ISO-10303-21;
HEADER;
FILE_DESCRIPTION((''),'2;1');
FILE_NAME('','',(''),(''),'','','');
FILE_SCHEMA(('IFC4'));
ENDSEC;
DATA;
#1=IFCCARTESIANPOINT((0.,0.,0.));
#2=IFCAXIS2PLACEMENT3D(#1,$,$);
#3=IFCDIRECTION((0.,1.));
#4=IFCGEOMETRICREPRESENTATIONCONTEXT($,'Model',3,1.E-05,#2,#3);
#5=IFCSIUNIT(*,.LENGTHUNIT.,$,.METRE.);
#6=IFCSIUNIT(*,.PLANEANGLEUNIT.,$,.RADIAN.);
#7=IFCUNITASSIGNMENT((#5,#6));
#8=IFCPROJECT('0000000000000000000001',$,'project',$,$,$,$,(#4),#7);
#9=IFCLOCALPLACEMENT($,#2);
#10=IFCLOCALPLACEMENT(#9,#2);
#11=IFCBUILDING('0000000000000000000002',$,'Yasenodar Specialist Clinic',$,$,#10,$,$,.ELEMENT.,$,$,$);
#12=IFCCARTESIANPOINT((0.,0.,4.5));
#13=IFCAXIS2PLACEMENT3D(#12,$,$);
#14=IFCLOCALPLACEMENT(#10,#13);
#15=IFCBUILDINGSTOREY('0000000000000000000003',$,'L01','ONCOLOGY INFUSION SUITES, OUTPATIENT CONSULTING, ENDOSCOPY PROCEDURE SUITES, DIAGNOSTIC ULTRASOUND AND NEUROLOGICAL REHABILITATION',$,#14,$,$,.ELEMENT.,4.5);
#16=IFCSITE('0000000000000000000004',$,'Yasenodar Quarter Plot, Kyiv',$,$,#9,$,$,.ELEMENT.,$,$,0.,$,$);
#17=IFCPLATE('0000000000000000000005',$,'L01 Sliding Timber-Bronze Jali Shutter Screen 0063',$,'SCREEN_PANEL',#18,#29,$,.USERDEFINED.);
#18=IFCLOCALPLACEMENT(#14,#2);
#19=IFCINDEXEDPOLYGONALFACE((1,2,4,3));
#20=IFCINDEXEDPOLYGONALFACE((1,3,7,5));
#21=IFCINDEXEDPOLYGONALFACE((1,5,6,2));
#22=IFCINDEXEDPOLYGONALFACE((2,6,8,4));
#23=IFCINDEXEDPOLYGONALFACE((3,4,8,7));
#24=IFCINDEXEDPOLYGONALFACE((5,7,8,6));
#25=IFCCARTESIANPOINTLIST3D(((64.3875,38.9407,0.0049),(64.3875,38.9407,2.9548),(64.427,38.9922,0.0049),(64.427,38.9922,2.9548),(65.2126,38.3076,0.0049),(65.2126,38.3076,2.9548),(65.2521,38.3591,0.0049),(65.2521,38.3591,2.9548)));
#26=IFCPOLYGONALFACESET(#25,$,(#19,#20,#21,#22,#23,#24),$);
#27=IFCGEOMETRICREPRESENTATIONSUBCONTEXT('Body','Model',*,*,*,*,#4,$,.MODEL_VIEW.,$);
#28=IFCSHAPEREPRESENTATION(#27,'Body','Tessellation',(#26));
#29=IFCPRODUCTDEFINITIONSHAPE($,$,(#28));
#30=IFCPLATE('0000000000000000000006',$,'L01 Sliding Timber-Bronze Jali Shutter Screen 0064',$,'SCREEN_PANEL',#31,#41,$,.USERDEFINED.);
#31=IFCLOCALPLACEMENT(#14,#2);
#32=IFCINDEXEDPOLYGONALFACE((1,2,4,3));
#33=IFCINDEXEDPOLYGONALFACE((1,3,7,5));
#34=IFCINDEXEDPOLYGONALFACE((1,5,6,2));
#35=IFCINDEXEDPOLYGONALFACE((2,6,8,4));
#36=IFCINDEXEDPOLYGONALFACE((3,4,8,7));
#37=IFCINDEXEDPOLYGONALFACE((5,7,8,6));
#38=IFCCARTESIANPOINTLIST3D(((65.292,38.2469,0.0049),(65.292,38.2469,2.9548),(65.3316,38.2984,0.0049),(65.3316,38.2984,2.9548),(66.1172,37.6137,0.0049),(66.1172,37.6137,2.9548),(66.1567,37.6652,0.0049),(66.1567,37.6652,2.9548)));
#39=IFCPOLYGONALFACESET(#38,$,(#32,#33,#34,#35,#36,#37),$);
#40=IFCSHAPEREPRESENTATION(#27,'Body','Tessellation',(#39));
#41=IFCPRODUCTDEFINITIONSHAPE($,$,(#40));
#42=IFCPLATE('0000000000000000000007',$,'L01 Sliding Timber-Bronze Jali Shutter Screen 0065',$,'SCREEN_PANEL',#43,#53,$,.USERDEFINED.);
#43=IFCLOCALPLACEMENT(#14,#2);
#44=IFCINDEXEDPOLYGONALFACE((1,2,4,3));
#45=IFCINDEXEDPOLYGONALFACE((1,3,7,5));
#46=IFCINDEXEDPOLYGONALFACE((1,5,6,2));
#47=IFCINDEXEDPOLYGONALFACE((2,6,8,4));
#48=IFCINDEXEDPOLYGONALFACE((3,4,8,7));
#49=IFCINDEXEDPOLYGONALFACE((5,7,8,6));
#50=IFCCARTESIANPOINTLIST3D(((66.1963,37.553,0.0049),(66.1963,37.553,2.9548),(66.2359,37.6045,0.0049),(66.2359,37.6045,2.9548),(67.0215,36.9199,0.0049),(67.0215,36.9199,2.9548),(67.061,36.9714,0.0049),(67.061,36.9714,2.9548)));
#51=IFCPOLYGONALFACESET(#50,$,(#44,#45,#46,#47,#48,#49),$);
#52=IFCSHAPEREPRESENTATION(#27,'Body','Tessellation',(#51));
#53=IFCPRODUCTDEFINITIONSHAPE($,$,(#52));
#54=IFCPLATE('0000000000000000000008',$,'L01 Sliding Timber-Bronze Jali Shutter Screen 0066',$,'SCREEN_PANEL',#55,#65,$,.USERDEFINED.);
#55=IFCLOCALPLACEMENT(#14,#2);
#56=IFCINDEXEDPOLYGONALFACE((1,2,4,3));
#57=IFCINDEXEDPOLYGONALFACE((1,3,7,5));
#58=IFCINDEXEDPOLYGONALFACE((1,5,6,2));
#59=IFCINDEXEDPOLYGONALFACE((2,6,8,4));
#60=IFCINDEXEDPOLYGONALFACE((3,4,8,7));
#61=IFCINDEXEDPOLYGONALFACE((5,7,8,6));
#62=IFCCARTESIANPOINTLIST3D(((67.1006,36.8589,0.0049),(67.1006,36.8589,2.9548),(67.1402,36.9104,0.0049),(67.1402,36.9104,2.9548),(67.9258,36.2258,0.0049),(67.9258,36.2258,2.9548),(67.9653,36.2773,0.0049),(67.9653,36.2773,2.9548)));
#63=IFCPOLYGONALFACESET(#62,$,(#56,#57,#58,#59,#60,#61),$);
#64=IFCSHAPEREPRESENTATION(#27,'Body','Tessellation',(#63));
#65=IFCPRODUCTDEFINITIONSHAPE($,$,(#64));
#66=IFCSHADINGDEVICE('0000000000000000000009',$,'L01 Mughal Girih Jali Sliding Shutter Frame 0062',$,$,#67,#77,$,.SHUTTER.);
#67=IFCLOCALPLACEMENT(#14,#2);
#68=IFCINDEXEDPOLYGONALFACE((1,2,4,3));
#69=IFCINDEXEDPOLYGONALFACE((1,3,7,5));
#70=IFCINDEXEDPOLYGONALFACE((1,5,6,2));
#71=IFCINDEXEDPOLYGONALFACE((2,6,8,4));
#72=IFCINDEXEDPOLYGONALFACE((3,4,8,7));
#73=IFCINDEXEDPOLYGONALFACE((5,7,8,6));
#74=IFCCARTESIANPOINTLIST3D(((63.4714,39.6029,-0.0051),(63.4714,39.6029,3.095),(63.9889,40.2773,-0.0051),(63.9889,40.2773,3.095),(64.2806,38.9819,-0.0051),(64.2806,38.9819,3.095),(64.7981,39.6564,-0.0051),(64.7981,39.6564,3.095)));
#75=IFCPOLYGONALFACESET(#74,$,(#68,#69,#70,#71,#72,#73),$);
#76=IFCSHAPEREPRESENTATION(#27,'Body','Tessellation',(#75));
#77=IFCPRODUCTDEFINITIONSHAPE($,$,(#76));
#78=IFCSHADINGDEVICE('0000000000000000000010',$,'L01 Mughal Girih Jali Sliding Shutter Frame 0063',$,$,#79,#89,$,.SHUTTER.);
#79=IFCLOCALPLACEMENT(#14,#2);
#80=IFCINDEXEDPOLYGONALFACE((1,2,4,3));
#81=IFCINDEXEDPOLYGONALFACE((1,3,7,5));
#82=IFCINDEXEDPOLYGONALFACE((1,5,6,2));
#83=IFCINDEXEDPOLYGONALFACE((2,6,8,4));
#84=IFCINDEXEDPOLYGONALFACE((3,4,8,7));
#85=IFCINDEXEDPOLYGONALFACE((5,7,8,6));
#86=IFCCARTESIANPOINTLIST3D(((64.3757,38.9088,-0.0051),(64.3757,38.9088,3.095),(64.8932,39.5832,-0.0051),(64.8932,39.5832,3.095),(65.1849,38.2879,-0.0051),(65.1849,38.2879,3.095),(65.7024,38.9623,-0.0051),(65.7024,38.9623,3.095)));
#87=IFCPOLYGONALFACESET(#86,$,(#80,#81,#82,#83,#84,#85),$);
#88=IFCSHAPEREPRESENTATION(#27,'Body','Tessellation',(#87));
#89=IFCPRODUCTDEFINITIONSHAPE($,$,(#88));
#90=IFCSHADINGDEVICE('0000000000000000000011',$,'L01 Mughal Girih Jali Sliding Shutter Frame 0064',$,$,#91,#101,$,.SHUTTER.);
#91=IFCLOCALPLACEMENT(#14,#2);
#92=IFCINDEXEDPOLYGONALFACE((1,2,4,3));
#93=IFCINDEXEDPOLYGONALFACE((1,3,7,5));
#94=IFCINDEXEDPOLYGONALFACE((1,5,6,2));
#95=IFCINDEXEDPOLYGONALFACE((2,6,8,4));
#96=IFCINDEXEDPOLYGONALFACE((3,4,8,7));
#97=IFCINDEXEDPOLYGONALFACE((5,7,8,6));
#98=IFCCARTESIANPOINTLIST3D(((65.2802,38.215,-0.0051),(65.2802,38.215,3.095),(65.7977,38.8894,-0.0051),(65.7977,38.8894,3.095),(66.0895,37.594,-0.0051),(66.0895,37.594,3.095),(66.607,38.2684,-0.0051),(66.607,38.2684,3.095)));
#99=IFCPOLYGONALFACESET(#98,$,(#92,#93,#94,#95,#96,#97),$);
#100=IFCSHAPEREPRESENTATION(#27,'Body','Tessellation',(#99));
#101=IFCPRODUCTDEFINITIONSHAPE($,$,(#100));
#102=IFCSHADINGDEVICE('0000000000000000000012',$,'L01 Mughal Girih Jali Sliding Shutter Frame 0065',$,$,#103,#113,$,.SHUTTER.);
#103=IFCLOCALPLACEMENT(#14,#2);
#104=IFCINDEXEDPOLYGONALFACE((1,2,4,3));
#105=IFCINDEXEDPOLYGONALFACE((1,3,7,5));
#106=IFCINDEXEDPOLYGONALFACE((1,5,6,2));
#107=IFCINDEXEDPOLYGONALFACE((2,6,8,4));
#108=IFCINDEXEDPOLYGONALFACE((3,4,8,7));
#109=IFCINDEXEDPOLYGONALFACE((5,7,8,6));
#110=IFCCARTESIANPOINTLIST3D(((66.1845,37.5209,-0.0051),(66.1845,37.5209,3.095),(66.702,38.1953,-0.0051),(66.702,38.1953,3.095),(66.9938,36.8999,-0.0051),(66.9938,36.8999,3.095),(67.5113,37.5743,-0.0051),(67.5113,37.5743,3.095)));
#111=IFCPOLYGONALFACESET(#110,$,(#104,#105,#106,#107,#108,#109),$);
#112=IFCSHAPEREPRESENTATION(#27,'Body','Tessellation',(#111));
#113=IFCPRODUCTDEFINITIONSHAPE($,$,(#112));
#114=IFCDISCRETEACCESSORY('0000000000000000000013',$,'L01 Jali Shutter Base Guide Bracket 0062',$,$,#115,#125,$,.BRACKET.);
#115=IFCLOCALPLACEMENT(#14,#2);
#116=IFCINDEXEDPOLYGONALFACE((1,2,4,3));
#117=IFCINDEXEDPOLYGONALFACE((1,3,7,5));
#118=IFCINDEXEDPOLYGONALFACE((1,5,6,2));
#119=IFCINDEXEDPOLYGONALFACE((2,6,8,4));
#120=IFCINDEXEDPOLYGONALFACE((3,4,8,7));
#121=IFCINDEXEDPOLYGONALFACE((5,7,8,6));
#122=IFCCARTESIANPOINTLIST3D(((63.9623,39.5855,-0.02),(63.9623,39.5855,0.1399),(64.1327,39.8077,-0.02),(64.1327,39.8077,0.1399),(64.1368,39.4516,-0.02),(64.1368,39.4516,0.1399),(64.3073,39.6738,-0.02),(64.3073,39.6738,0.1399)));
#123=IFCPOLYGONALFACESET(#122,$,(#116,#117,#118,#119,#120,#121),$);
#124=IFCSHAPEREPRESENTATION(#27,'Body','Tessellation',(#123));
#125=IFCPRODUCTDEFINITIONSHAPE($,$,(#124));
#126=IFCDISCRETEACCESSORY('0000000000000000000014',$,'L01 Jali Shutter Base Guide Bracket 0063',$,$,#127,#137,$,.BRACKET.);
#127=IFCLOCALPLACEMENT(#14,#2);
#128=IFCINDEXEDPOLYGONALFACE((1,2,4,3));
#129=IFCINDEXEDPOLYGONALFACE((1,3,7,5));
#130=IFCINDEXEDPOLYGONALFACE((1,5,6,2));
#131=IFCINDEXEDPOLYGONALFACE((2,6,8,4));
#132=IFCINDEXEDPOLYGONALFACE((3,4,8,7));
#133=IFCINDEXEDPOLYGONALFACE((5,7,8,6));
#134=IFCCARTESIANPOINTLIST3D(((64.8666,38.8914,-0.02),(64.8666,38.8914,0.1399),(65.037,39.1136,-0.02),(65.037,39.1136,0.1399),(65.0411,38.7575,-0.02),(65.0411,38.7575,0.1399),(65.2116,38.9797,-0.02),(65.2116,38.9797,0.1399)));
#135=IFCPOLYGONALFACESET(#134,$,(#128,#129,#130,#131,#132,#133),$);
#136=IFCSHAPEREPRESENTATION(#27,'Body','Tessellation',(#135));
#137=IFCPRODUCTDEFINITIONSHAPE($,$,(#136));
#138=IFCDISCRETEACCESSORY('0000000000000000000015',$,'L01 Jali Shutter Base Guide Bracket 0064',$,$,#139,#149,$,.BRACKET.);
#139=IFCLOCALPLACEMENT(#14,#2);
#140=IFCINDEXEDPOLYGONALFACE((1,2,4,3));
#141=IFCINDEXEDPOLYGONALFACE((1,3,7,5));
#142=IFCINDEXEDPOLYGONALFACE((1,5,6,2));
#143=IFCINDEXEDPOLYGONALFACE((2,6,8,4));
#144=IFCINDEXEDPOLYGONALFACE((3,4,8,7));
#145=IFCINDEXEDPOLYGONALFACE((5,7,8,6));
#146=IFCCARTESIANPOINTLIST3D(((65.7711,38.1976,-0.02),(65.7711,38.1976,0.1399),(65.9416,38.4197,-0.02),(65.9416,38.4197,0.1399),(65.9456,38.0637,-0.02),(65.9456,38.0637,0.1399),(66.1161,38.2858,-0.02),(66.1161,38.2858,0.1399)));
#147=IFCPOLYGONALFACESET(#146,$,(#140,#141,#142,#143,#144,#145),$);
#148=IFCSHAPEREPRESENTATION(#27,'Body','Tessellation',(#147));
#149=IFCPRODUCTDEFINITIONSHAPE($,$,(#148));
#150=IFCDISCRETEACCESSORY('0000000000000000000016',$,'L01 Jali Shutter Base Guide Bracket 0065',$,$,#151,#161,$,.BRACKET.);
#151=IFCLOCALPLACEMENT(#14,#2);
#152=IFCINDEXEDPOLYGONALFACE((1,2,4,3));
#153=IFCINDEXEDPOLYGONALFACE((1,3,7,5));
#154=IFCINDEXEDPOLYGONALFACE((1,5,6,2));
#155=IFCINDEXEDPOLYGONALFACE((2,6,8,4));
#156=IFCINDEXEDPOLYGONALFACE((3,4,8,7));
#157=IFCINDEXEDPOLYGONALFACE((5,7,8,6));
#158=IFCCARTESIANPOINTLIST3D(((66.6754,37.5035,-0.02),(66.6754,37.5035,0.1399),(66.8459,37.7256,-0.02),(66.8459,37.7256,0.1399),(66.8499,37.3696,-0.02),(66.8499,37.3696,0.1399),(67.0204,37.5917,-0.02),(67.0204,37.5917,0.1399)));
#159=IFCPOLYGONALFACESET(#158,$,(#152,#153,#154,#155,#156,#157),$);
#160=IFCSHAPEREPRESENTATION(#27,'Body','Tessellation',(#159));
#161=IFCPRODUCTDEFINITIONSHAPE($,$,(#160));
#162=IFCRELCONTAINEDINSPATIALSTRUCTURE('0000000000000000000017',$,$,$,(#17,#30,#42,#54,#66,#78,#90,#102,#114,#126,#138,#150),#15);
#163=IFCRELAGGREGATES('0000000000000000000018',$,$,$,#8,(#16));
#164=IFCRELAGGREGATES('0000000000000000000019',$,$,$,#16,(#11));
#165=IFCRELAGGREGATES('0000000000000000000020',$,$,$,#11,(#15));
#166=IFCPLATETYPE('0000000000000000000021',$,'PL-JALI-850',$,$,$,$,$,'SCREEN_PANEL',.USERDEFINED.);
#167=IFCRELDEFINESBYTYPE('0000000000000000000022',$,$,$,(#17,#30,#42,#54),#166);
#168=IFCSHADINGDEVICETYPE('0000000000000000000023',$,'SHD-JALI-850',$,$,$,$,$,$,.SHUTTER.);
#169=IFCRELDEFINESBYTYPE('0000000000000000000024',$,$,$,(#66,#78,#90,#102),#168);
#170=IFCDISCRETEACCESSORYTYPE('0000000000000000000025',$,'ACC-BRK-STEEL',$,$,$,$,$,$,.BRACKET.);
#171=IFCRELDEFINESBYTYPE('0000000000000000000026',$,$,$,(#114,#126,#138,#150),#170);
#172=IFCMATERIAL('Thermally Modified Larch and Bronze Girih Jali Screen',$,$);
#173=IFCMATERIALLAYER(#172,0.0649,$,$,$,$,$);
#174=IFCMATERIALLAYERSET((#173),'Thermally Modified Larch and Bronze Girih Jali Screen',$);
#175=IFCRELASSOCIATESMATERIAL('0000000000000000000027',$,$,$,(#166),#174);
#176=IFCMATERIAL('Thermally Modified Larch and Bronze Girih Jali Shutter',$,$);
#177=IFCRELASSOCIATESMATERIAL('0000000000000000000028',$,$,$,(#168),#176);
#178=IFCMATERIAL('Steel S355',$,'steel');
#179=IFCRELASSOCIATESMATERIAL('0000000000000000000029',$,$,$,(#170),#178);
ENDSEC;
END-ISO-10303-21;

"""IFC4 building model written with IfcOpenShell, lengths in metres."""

from ifc_helpers import new_model, si_unit, direction, frame, origin, origin_2d, place, context, subcontext, project, spatial, rectangle, extrude, material, layer, layer_set, type_object, element, save


model = new_model("IFC4")

# Units and contexts
model_context = context("Model", 3, precision=1e-05, world=origin(), true_north=direction((0.0, 1.0)))
body_context = subcontext(model_context, "Body", "Model", "MODEL_VIEW")
ifc_project = project(units=[si_unit("LENGTHUNIT", "METRE"), si_unit("PLANEANGLEUNIT", "RADIAN")], contexts=[model_context])

# Site, building, storey
site_placement = place(None, origin())
site = spatial("IfcSite", under=ifc_project, at=site_placement, Name="Yasenodar Quarter Plot, Kyiv", CompositionType="ELEMENT", RefElevation=0.0)
building_placement = place(site_placement, origin())
building = spatial("IfcBuilding", under=site, at=building_placement, Name="Yasenodar Specialist Clinic", CompositionType="ELEMENT")
storey_placement = place(building_placement, frame((0.0, 0.0, 4.5)))
storey = spatial("IfcBuildingStorey", under=building, at=storey_placement, Name="L01", Description="ONCOLOGY INFUSION SUITES, OUTPATIENT CONSULTING, ENDOSCOPY PROCEDURE SUITES, DIAGNOSTIC ULTRASOUND AND NEUROLOGICAL REHABILITATION", CompositionType="ELEMENT", Elevation=4.5)

# Plates
ifc_material_1 = material(Name="Thermally Modified Larch and Bronze Girih Jali Screen")
ifc_layer_1 = layer(ifc_material_1, 0.0649)
ifc_layer_set_1 = layer_set([ifc_layer_1], Name="Thermally Modified Larch and Bronze Girih Jali Screen")
plate_type_1 = type_object("IfcPlateType", Name="PL-JALI-850", ElementType="SCREEN_PANEL", PredefinedType="USERDEFINED", material=ifc_layer_set_1)
for number, where, z_axis, x_axis, name in (
    (1, (64.8198, 38.6499, 0.0049), (0.0, 0.0, 1.0), (0.793351, -0.608764, 0.0), "L01 Sliding Timber-Bronze Jali Shutter Screen 0063"),
    (2, (65.7244, 37.9561, 0.0049), (0.0, 0.0, 1.0), (0.793351, -0.608764, 0.0), "L01 Sliding Timber-Bronze Jali Shutter Screen 0064"),
    (3, (66.6287, 37.2622, 0.0049), (0.0, 0.0, 1.0), (0.793351, -0.608764, 0.0), "L01 Sliding Timber-Bronze Jali Shutter Screen 0065"),
    (4, (67.533, 36.5681, 0.0049), (0.0, 0.0, 1.0), (0.793351, -0.608764, 0.0), "L01 Sliding Timber-Bronze Jali Shutter Screen 0066"),
):
    element("IfcPlate", number, at=place(storey_placement, frame(where, z_axis=z_axis, x_axis=x_axis)), inside=storey, type_object=plate_type_1, Name=name, ObjectType="SCREEN_PANEL", PredefinedType="USERDEFINED", context=body_context, shape_type="SweptSolid", body=[
        extrude(rectangle(XDim=1.04, YDim=0.0649, at=origin_2d()), origin(), (0.0, 0.0, 1.0), 2.95),
    ])

# Shading devices
ifc_material_2 = material(Name="Thermally Modified Larch and Bronze Girih Jali Shutter")
shading_device_type = type_object("IfcShadingDeviceType", Name="SHD-JALI-850", PredefinedType="SHUTTER", material=ifc_material_2)
for number, where, z_axis, x_axis, name in (
    (5, (64.1348, 39.6296, -0.0051), (0.0, 0.0, 1.0), (0.793351, -0.608764, 0.0), "L01 Mughal Girih Jali Sliding Shutter Frame 0062"),
    (6, (65.0391, 38.9355, -0.0051), (0.0, 0.0, 1.0), (0.793351, -0.608764, 0.0), "L01 Mughal Girih Jali Sliding Shutter Frame 0063"),
    (7, (65.9436, 38.2417, -0.0051), (0.0, 0.0, 1.0), (0.793351, -0.608764, 0.0), "L01 Mughal Girih Jali Sliding Shutter Frame 0064"),
    (8, (66.8479, 37.5476, -0.0051), (0.0, 0.0, 1.0), (0.793351, -0.608764, 0.0), "L01 Mughal Girih Jali Sliding Shutter Frame 0065"),
):
    element("IfcShadingDevice", number, at=place(storey_placement, frame(where, z_axis=z_axis, x_axis=x_axis)), inside=storey, type_object=shading_device_type, Name=name, PredefinedType="SHUTTER", context=body_context, shape_type="SweptSolid", body=[
        extrude(rectangle(XDim=1.02, YDim=0.8501, at=origin_2d()), origin(), (0.0, 0.0, 1.0), 3.1001),
    ])

# Discrete accessories
ifc_material_3 = material(Name="Steel S355", Category="steel")
discrete_accessory_type = type_object("IfcDiscreteAccessoryType", Name="ACC-BRK-STEEL", PredefinedType="BRACKET", material=ifc_material_3)
for number, where, z_axis, x_axis, name in (
    (9, (64.1348, 39.6296, -0.02), (0.0, 0.0, 1.0), (0.793351, -0.608764, 0.0), "L01 Jali Shutter Base Guide Bracket 0062"),
    (10, (65.0391, 38.9355, -0.02), (0.0, 0.0, 1.0), (0.793351, -0.608764, 0.0), "L01 Jali Shutter Base Guide Bracket 0063"),
    (11, (65.9436, 38.2417, -0.02), (0.0, 0.0, 1.0), (0.793351, -0.608764, 0.0), "L01 Jali Shutter Base Guide Bracket 0064"),
    (12, (66.8479, 37.5476, -0.02), (0.0, 0.0, 1.0), (0.793351, -0.608764, 0.0), "L01 Jali Shutter Base Guide Bracket 0065"),
):
    element("IfcDiscreteAccessory", number, at=place(storey_placement, frame(where, z_axis=z_axis, x_axis=x_axis)), inside=storey, type_object=discrete_accessory_type, Name=name, PredefinedType="BRACKET", context=body_context, shape_type="SweptSolid", body=[
        extrude(rectangle(XDim=0.22, YDim=0.28, at=origin_2d()), origin(), (0.0, 0.0, 1.0), 0.1599),
    ])

save(model, "model.ifc")
